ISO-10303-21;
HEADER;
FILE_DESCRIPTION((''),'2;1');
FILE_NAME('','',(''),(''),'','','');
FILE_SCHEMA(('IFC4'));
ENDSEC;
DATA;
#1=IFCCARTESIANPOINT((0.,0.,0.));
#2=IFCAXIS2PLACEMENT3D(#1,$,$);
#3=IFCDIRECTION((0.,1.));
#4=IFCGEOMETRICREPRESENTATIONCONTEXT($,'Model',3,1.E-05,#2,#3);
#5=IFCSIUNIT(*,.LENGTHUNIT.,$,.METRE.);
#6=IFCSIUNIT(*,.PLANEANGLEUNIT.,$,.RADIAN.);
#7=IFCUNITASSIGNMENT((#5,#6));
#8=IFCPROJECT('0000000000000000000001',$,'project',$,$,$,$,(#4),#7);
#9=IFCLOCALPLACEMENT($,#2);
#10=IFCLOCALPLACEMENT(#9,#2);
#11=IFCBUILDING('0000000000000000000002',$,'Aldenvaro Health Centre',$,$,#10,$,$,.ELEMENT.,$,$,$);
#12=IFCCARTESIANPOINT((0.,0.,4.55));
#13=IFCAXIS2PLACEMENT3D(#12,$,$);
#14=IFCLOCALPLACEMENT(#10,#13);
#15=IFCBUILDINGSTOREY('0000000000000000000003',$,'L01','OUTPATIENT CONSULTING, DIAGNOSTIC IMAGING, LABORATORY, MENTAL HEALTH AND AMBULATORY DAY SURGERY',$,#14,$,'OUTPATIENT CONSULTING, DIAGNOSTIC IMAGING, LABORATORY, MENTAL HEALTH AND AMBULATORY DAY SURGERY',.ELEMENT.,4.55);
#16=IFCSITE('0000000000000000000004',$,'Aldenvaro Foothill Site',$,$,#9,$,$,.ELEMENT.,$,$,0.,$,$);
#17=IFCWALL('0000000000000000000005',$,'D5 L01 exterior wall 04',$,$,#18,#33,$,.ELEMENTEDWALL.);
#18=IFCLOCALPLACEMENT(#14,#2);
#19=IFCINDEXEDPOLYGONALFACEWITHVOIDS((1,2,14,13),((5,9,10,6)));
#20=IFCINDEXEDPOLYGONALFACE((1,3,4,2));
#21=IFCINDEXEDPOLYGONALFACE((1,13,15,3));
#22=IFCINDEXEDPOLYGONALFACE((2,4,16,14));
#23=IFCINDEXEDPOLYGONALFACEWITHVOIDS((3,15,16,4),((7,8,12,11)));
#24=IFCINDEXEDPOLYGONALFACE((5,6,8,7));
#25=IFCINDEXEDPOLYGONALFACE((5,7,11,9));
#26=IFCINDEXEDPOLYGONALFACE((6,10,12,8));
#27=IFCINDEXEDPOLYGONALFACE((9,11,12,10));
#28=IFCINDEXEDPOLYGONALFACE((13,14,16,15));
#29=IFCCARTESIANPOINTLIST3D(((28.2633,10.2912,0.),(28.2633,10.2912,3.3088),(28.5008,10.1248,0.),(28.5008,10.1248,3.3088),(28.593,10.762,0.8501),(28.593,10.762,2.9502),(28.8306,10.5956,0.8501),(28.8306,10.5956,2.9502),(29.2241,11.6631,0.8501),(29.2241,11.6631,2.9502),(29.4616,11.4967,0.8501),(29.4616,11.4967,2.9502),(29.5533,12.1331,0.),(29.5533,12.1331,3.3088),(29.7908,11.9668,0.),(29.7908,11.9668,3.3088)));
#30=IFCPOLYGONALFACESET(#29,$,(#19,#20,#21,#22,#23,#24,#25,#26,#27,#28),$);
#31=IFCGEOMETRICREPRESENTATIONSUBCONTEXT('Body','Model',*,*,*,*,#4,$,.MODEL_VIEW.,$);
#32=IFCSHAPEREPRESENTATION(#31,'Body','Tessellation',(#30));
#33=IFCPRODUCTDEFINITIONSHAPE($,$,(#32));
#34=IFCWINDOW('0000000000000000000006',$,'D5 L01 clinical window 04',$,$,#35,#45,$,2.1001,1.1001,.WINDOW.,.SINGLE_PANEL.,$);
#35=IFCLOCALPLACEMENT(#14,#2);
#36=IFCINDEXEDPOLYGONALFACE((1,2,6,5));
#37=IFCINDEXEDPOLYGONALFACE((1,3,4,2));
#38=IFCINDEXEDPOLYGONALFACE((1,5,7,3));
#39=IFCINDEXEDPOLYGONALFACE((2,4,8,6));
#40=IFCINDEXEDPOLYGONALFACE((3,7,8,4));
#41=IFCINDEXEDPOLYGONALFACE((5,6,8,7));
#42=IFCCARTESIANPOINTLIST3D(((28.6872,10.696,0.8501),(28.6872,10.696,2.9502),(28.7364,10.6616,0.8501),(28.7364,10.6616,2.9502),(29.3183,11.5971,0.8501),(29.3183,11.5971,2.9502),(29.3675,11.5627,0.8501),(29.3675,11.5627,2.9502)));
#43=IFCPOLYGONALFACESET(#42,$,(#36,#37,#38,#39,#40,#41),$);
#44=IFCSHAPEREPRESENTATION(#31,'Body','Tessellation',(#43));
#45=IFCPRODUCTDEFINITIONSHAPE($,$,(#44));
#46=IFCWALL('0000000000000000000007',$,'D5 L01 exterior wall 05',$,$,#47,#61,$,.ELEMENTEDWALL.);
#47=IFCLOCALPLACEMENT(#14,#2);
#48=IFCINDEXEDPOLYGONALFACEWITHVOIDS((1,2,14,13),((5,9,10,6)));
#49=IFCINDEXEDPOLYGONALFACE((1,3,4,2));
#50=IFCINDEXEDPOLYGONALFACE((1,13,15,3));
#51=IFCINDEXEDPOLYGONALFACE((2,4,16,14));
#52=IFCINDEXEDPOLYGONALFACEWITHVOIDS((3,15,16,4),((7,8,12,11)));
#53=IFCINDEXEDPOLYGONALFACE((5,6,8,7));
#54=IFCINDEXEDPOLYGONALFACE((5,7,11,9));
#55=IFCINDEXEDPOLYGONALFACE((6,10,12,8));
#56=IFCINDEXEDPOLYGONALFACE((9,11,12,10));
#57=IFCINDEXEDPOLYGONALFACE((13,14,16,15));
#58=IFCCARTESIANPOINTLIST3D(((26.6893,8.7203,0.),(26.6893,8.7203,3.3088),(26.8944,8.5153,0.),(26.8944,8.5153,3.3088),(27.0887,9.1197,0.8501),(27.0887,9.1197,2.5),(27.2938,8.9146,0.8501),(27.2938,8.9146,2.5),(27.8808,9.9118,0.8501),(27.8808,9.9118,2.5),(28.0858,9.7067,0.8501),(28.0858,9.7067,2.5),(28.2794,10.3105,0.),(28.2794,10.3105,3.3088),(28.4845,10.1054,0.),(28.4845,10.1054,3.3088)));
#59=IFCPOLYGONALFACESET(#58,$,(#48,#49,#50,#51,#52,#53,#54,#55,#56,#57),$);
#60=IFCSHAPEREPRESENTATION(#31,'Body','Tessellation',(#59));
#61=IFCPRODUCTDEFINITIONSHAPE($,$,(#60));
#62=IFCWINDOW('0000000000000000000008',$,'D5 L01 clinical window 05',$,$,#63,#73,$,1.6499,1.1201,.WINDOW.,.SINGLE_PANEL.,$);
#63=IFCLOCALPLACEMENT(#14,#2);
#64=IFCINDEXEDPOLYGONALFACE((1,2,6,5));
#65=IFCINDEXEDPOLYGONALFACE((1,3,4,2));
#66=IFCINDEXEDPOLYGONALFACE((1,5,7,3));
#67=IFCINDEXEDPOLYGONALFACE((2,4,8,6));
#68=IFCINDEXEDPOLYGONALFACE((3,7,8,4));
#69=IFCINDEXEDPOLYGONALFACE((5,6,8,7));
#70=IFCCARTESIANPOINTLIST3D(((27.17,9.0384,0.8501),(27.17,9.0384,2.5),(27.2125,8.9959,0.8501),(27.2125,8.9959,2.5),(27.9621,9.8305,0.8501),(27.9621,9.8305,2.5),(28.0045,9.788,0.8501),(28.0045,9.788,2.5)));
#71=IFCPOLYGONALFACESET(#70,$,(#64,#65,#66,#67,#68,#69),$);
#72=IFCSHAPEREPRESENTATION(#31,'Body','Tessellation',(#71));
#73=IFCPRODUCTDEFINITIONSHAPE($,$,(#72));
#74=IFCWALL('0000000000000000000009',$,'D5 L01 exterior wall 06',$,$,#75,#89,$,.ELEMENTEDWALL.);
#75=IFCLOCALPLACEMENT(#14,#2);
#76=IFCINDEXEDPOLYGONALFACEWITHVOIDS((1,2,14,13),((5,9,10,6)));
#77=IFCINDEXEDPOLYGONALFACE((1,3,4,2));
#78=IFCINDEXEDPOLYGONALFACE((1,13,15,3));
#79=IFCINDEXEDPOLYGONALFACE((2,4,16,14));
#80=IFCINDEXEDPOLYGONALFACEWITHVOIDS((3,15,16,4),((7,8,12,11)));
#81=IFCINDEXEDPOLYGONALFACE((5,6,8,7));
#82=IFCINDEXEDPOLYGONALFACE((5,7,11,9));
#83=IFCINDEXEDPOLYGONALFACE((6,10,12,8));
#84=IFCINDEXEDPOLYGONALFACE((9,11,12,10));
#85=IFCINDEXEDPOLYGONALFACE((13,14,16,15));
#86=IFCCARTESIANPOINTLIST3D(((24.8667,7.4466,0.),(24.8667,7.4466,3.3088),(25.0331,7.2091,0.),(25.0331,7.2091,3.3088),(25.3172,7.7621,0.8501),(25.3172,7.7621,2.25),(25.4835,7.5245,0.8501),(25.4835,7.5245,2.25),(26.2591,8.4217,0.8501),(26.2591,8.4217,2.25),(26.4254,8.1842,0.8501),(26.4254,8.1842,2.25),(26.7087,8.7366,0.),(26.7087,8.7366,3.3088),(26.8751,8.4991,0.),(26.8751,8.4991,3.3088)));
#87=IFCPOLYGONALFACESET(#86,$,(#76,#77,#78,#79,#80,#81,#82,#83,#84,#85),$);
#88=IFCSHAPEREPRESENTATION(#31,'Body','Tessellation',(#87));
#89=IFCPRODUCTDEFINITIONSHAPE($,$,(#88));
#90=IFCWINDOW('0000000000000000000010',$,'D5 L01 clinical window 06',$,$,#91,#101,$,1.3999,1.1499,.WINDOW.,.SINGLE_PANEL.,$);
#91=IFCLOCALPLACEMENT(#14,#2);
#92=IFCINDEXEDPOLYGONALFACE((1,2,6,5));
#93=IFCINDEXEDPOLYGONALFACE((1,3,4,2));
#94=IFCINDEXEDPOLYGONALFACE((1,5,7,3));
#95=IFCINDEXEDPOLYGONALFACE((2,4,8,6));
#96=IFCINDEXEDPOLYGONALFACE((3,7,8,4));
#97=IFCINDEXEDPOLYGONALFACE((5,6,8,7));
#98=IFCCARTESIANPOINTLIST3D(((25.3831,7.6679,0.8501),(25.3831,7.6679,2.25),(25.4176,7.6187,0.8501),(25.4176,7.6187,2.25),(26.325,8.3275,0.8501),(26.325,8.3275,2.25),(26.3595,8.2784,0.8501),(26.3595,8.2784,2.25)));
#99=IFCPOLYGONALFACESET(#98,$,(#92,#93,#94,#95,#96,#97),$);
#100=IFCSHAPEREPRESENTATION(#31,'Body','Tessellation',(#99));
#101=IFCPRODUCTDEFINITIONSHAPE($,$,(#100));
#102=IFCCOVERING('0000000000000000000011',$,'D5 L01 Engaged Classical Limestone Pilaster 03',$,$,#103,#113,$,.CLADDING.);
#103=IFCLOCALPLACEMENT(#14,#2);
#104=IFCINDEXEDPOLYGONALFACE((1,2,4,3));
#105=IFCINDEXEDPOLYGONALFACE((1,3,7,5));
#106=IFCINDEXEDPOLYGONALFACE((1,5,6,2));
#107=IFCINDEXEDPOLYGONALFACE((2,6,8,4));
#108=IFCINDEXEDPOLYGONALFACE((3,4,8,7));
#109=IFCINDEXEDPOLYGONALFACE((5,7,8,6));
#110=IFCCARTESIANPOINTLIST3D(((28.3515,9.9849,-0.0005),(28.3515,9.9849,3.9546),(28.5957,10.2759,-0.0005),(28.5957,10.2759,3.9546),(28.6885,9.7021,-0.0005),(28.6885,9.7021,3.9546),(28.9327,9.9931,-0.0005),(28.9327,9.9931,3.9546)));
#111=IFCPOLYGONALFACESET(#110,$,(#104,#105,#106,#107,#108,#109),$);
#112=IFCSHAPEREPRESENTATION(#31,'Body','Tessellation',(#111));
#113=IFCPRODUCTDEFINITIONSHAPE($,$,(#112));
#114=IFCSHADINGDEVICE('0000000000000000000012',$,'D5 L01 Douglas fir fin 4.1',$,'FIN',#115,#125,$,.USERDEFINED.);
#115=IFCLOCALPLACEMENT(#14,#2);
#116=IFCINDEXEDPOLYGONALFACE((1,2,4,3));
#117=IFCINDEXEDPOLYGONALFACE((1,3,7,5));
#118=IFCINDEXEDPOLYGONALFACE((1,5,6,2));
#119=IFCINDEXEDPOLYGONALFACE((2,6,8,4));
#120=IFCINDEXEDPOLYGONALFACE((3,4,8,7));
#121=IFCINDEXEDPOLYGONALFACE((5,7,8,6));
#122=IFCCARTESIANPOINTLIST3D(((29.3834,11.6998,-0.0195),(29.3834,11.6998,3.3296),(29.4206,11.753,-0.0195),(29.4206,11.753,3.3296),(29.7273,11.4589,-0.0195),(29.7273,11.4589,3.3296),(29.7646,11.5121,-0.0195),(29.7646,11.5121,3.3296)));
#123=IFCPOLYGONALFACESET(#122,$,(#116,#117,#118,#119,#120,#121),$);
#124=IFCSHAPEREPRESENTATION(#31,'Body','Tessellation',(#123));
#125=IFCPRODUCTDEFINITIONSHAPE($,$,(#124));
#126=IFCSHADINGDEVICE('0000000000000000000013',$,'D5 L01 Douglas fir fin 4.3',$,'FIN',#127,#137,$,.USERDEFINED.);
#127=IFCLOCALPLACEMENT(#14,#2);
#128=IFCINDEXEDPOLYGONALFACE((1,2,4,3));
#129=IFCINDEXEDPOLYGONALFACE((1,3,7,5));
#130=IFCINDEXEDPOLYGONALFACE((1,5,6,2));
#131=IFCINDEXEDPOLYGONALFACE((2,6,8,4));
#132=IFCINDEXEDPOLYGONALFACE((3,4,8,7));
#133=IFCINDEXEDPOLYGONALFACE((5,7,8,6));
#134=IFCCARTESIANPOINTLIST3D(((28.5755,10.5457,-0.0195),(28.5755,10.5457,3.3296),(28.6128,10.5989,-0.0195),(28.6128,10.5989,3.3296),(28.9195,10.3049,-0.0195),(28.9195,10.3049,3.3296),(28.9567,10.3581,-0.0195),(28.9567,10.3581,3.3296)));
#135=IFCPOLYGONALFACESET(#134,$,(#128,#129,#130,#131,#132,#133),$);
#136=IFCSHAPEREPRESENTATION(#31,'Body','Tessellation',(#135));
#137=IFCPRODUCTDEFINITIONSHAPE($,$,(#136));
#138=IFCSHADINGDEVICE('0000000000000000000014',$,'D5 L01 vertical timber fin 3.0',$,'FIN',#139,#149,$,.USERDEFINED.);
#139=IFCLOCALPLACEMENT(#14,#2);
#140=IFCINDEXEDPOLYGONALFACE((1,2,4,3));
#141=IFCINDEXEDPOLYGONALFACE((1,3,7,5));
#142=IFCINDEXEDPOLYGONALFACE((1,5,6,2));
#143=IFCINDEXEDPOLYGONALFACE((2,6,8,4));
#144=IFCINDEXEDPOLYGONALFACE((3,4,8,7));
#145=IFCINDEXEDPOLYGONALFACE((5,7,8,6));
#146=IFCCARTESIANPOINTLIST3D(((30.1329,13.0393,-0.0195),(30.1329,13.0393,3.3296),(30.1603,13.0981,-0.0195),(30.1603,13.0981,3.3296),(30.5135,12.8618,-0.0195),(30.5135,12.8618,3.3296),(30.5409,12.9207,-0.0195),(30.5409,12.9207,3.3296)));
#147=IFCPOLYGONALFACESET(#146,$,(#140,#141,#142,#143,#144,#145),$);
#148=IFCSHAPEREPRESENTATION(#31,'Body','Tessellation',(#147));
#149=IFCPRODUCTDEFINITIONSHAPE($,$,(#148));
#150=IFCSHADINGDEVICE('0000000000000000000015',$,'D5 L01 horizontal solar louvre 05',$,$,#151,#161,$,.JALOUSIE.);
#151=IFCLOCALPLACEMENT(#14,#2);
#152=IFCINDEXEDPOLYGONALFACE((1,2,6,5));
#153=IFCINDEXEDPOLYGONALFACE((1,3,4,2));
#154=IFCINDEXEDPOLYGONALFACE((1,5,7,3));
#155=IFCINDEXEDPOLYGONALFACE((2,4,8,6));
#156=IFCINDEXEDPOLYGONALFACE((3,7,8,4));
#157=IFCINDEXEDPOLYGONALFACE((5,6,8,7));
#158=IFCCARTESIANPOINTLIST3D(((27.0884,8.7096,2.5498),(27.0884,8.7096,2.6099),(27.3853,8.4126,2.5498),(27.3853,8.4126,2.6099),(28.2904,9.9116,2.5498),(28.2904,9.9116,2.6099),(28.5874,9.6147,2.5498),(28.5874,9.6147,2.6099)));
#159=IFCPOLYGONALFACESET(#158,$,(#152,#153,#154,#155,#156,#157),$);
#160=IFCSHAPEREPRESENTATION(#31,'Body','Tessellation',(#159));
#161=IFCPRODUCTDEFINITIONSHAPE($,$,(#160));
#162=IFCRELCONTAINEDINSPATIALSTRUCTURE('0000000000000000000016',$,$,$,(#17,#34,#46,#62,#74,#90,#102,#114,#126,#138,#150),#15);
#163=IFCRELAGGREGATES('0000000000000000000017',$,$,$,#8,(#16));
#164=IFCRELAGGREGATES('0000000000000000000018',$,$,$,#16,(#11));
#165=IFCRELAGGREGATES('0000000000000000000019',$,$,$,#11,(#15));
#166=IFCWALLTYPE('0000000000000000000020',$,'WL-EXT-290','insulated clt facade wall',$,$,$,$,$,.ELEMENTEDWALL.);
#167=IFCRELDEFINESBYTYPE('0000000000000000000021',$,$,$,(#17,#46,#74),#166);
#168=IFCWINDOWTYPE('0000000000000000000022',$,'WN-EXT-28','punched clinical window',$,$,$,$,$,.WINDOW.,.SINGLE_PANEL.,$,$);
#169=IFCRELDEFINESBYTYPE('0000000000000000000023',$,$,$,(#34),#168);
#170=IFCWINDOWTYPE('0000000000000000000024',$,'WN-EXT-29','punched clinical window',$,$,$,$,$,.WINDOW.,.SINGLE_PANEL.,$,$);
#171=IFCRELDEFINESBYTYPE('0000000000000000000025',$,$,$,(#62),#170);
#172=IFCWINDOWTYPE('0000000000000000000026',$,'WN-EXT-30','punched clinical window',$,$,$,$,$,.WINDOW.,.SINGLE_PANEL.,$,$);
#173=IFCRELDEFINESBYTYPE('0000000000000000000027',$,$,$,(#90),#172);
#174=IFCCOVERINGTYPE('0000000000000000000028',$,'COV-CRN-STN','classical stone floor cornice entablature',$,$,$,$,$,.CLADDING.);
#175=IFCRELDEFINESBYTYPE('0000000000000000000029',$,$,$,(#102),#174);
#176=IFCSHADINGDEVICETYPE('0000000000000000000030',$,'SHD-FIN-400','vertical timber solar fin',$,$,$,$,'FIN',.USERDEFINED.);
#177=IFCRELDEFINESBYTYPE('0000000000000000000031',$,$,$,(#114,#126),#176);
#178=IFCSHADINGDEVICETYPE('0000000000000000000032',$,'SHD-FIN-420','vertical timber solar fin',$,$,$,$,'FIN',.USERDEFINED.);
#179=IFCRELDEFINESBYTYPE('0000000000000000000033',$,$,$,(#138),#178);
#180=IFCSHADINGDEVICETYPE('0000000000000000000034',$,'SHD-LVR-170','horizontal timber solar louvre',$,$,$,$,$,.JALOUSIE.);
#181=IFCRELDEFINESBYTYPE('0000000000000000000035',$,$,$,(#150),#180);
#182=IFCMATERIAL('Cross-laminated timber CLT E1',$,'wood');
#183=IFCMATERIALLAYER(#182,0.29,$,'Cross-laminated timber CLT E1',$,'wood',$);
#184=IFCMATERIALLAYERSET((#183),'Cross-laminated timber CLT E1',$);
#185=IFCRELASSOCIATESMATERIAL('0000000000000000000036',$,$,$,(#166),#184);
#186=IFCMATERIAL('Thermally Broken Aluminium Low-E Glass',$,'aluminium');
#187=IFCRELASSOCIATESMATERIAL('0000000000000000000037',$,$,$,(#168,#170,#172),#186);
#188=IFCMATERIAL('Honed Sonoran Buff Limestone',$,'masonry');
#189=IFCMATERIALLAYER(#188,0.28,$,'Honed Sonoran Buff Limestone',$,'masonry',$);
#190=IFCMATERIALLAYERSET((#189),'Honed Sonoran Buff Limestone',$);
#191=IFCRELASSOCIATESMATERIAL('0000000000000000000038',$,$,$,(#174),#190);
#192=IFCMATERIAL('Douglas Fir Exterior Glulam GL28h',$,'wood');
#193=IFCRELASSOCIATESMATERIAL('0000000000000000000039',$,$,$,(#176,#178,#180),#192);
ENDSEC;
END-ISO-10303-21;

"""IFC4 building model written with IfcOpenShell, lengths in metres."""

from ifc_helpers import new_model, si_unit, direction, frame, frame_2d, origin, origin_2d, place, context, subcontext, project, spatial, rectangle, extrude, material, layer, layer_set, type_object, element, fill, save


model = new_model("IFC4")

# Units and contexts
model_context = context("Model", 3, precision=1e-05, world=origin(), true_north=direction((0.0, 1.0)))
body_context = subcontext(model_context, "Body", "Model", "MODEL_VIEW")
ifc_project = project(units=[si_unit("LENGTHUNIT", "METRE"), si_unit("PLANEANGLEUNIT", "RADIAN")], contexts=[model_context])

# Site, building, storey
site_placement = place(None, origin())
site = spatial("IfcSite", under=ifc_project, at=site_placement, Name="Aldenvaro Foothill Site", CompositionType="ELEMENT", RefElevation=0.0)
building_placement = place(site_placement, origin())
building = spatial("IfcBuilding", under=site, at=building_placement, Name="Aldenvaro Health Centre", CompositionType="ELEMENT")
storey_placement = place(building_placement, frame((0.0, 0.0, 4.55)))
storey = spatial("IfcBuildingStorey", under=building, at=storey_placement, Name="L01", Description="OUTPATIENT CONSULTING, DIAGNOSTIC IMAGING, LABORATORY, MENTAL HEALTH AND AMBULATORY DAY SURGERY", LongName="OUTPATIENT CONSULTING, DIAGNOSTIC IMAGING, LABORATORY, MENTAL HEALTH AND AMBULATORY DAY SURGERY", CompositionType="ELEMENT", Elevation=4.55)

# Walls, openings, windows
ifc_material_1 = material(Name="Cross-laminated timber CLT E1", Category="wood")
ifc_layer_1 = layer(ifc_material_1, 0.29, Name="Cross-laminated timber CLT E1", Category="wood")
ifc_layer_set_1 = layer_set([ifc_layer_1], Name="Cross-laminated timber CLT E1")
wall_type = type_object("IfcWallType", Name="WL-EXT-290", Description="insulated clt facade wall", PredefinedType="ELEMENTEDWALL", material=ifc_layer_set_1)
wall_1_placement = place(storey_placement, frame((29.6721, 12.05, 0.0), z_axis=(0.0, 0.0, 1.0), x_axis=(-0.573644, -0.819104, 0.0)))
wall_1 = element("IfcWall", 1, at=wall_1_placement, inside=storey, type_object=wall_type, Name="D5 L01 exterior wall 04", PredefinedType="ELEMENTEDWALL", context=body_context, shape_type="SweptSolid", body=[
    extrude(rectangle(XDim=2.2488, YDim=0.29, at=frame_2d((1.1245, 0.0))), origin(), (0.0, 0.0, 1.0), 3.3088),
])
opening_1_placement = place(wall_1_placement, frame((0.574, 0.0, 0.8501)))
opening_1 = element("IfcOpeningElement", 2, at=opening_1_placement, cuts=wall_1, PredefinedType="OPENING", context=body_context, shape_type="SweptSolid", body=[
    extrude(rectangle(XDim=1.1001, YDim=2.1001, at=frame_2d((0.55, 1.05))), frame((0.0, 0.155, 0.0), z_axis=(0.0, -1.0, 0.0), x_axis=(1.0, 0.0, 0.0)), (0.0, 0.0, 1.0), 0.3101),
])
ifc_material_2 = material(Name="Thermally Broken Aluminium Low-E Glass", Category="aluminium")
window_type_1 = type_object("IfcWindowType", Name="WN-EXT-28", Description="punched clinical window", PartitioningType="SINGLE_PANEL", PredefinedType="WINDOW", material=ifc_material_2)
window_1_placement = place(opening_1_placement, origin())
window_1 = element("IfcWindow", 3, at=window_1_placement, inside=storey, type_object=window_type_1, Name="D5 L01 clinical window 04", OverallHeight=2.1001, OverallWidth=1.1001, PartitioningType="SINGLE_PANEL", PredefinedType="WINDOW", context=body_context, shape_type="SweptSolid", body=[
    extrude(rectangle(XDim=1.1001, YDim=2.1001, at=frame_2d((0.55, 1.05))), frame((0.0, 0.03, 0.0), z_axis=(0.0, -1.0, 0.0), x_axis=(1.0, 0.0, 0.0)), (0.0, 0.0, 1.0), 0.0601),
])
fill(opening_1, window_1)
wall_2_placement = place(storey_placement, frame((28.3821, 10.208, 0.0), z_axis=(0.0, 0.0, 1.0), x_axis=(-0.707107, -0.707107, 0.0)))
wall_2 = element("IfcWall", 4, at=wall_2_placement, inside=storey, type_object=wall_type, Name="D5 L01 exterior wall 05", PredefinedType="ELEMENTEDWALL", context=body_context, shape_type="SweptSolid", body=[
    extrude(rectangle(XDim=2.2488, YDim=0.29, at=frame_2d((1.1245, 0.0))), origin(), (0.0, 0.0, 1.0), 3.3088),
])
opening_2_placement = place(wall_2_placement, frame((0.564, 0.0, 0.8501)))
opening_2 = element("IfcOpeningElement", 5, at=opening_2_placement, cuts=wall_2, PredefinedType="OPENING", context=body_context, shape_type="SweptSolid", body=[
    extrude(rectangle(XDim=1.1201, YDim=1.6499, at=frame_2d((0.5601, 0.825))), frame((0.0, 0.155, 0.0), z_axis=(0.0, -1.0, 0.0), x_axis=(1.0, 0.0, 0.0)), (0.0, 0.0, 1.0), 0.3101),
])
window_type_2 = type_object("IfcWindowType", Name="WN-EXT-29", Description="punched clinical window", PartitioningType="SINGLE_PANEL", PredefinedType="WINDOW", material=ifc_material_2)
window_2_placement = place(opening_2_placement, origin())
window_2 = element("IfcWindow", 6, at=window_2_placement, inside=storey, type_object=window_type_2, Name="D5 L01 clinical window 05", OverallHeight=1.6499, OverallWidth=1.1201, PartitioningType="SINGLE_PANEL", PredefinedType="WINDOW", context=body_context, shape_type="SweptSolid", body=[
    extrude(rectangle(XDim=1.1201, YDim=1.6499, at=frame_2d((0.5601, 0.825))), frame((0.0, 0.03, 0.0), z_axis=(0.0, -1.0, 0.0), x_axis=(1.0, 0.0, 0.0)), (0.0, 0.0, 1.0), 0.0601),
])
fill(opening_2, window_2)
wall_3_placement = place(storey_placement, frame((26.792, 8.6179, 0.0), z_axis=(0.0, 0.0, 1.0), x_axis=(-0.819104, -0.573644, 0.0)))
wall_3 = element("IfcWall", 7, at=wall_3_placement, inside=storey, type_object=wall_type, Name="D5 L01 exterior wall 06", PredefinedType="ELEMENTEDWALL", context=body_context, shape_type="SweptSolid", body=[
    extrude(rectangle(XDim=2.2488, YDim=0.29, at=frame_2d((1.1245, 0.0))), origin(), (0.0, 0.0, 1.0), 3.3088),
])
opening_3_placement = place(wall_3_placement, frame((0.5491, 0.0, 0.8501)))
opening_3 = element("IfcOpeningElement", 8, at=opening_3_placement, cuts=wall_3, PredefinedType="OPENING", context=body_context, shape_type="SweptSolid", body=[
    extrude(rectangle(XDim=1.1499, YDim=1.3999, at=frame_2d((0.575, 0.7))), frame((0.0, 0.155, 0.0), z_axis=(0.0, -1.0, 0.0), x_axis=(1.0, 0.0, 0.0)), (0.0, 0.0, 1.0), 0.3101),
])
window_type_3 = type_object("IfcWindowType", Name="WN-EXT-30", Description="punched clinical window", PartitioningType="SINGLE_PANEL", PredefinedType="WINDOW", material=ifc_material_2)
window_3_placement = place(opening_3_placement, origin())
window_3 = element("IfcWindow", 9, at=window_3_placement, inside=storey, type_object=window_type_3, Name="D5 L01 clinical window 06", OverallHeight=1.3999, OverallWidth=1.1499, PartitioningType="SINGLE_PANEL", PredefinedType="WINDOW", context=body_context, shape_type="SweptSolid", body=[
    extrude(rectangle(XDim=1.1499, YDim=1.3999, at=frame_2d((0.575, 0.7))), frame((0.0, 0.03, 0.0), z_axis=(0.0, -1.0, 0.0), x_axis=(1.0, 0.0, 0.0)), (0.0, 0.0, 1.0), 0.0601),
])
fill(opening_3, window_3)

# Covering
ifc_material_3 = material(Name="Honed Sonoran Buff Limestone", Category="masonry")
ifc_layer_2 = layer(ifc_material_3, 0.28, Name="Honed Sonoran Buff Limestone", Category="masonry")
ifc_layer_set_2 = layer_set([ifc_layer_2], Name="Honed Sonoran Buff Limestone")
covering_type = type_object("IfcCoveringType", Name="COV-CRN-STN", Description="classical stone floor cornice entablature", PredefinedType="CLADDING", material=ifc_layer_set_2)
covering_placement = place(storey_placement, frame((28.6421, 9.989, -0.0005), z_axis=(0.0, 0.0, 1.0), x_axis=(0.766044, -0.642788, 0.0)))
element("IfcCovering", 10, at=covering_placement, inside=storey, type_object=covering_type, Name="D5 L01 Engaged Classical Limestone Pilaster 03", PredefinedType="CLADDING", context=body_context, shape_type="SweptSolid", body=[
    extrude(rectangle(XDim=0.4399, YDim=0.3799, at=origin_2d()), origin(), (0.0, 0.0, 1.0), 3.9551),
])

# Shading devices
ifc_material_4 = material(Name="Douglas Fir Exterior Glulam GL28h", Category="wood")
shading_device_type_1 = type_object("IfcShadingDeviceType", Name="SHD-FIN-400", Description="vertical timber solar fin", ElementType="FIN", PredefinedType="USERDEFINED", material=ifc_material_4)
for number, where, z_axis, x_axis, name in (
    (11, (29.574, 11.606, -0.0195), (0.0, 0.0, 1.0), (-0.573641, -0.819107, 0.0), "D5 L01 Douglas fir fin 4.1"),
    (12, (28.7661, 10.4519, -0.0195), (0.0, 0.0, 1.0), (-0.573641, -0.819107, 0.0), "D5 L01 Douglas fir fin 4.3"),
):
    element("IfcShadingDevice", number, at=place(storey_placement, frame(where, z_axis=z_axis, x_axis=x_axis)), inside=storey, type_object=shading_device_type_1, Name=name, ObjectType="FIN", PredefinedType="USERDEFINED", context=body_context, shape_type="SweptSolid", body=[
        extrude(rectangle(XDim=0.0649, YDim=0.4199, at=origin_2d()), origin(), (0.0, 0.0, 1.0), 3.3491),
    ])
shading_device_type_2 = type_object("IfcShadingDeviceType", Name="SHD-FIN-420", Description="vertical timber solar fin", ElementType="FIN", PredefinedType="USERDEFINED", material=ifc_material_4)
shading_device_1_placement = place(storey_placement, frame((30.3369, 12.98, -0.0195), z_axis=(0.0, 0.0, 1.0), x_axis=(-0.422496, -0.906365, 0.0)))
element("IfcShadingDevice", 13, at=shading_device_1_placement, inside=storey, type_object=shading_device_type_2, Name="D5 L01 vertical timber fin 3.0", ObjectType="FIN", PredefinedType="USERDEFINED", context=body_context, shape_type="SweptSolid", body=[
    extrude(rectangle(XDim=0.0649, YDim=0.4199, at=origin_2d()), origin(), (0.0, 0.0, 1.0), 3.3491),
])
shading_device_type_3 = type_object("IfcShadingDeviceType", Name="SHD-LVR-170", Description="horizontal timber solar louvre", PredefinedType="JALOUSIE", material=ifc_material_4)
shading_device_2_placement = place(storey_placement, frame((27.8379, 9.1621, 2.5498), z_axis=(0.0, 0.0, 1.0), x_axis=(-0.707107, -0.707107, 0.0)))
element("IfcShadingDevice", 14, at=shading_device_2_placement, inside=storey, type_object=shading_device_type_3, Name="D5 L01 horizontal solar louvre 05", PredefinedType="JALOUSIE", context=body_context, shape_type="SweptSolid", body=[
    extrude(rectangle(XDim=1.7, YDim=0.4199, at=origin_2d()), origin(), (0.0, 0.0, 1.0), 0.0601),
])

save(model, "model.ifc")
